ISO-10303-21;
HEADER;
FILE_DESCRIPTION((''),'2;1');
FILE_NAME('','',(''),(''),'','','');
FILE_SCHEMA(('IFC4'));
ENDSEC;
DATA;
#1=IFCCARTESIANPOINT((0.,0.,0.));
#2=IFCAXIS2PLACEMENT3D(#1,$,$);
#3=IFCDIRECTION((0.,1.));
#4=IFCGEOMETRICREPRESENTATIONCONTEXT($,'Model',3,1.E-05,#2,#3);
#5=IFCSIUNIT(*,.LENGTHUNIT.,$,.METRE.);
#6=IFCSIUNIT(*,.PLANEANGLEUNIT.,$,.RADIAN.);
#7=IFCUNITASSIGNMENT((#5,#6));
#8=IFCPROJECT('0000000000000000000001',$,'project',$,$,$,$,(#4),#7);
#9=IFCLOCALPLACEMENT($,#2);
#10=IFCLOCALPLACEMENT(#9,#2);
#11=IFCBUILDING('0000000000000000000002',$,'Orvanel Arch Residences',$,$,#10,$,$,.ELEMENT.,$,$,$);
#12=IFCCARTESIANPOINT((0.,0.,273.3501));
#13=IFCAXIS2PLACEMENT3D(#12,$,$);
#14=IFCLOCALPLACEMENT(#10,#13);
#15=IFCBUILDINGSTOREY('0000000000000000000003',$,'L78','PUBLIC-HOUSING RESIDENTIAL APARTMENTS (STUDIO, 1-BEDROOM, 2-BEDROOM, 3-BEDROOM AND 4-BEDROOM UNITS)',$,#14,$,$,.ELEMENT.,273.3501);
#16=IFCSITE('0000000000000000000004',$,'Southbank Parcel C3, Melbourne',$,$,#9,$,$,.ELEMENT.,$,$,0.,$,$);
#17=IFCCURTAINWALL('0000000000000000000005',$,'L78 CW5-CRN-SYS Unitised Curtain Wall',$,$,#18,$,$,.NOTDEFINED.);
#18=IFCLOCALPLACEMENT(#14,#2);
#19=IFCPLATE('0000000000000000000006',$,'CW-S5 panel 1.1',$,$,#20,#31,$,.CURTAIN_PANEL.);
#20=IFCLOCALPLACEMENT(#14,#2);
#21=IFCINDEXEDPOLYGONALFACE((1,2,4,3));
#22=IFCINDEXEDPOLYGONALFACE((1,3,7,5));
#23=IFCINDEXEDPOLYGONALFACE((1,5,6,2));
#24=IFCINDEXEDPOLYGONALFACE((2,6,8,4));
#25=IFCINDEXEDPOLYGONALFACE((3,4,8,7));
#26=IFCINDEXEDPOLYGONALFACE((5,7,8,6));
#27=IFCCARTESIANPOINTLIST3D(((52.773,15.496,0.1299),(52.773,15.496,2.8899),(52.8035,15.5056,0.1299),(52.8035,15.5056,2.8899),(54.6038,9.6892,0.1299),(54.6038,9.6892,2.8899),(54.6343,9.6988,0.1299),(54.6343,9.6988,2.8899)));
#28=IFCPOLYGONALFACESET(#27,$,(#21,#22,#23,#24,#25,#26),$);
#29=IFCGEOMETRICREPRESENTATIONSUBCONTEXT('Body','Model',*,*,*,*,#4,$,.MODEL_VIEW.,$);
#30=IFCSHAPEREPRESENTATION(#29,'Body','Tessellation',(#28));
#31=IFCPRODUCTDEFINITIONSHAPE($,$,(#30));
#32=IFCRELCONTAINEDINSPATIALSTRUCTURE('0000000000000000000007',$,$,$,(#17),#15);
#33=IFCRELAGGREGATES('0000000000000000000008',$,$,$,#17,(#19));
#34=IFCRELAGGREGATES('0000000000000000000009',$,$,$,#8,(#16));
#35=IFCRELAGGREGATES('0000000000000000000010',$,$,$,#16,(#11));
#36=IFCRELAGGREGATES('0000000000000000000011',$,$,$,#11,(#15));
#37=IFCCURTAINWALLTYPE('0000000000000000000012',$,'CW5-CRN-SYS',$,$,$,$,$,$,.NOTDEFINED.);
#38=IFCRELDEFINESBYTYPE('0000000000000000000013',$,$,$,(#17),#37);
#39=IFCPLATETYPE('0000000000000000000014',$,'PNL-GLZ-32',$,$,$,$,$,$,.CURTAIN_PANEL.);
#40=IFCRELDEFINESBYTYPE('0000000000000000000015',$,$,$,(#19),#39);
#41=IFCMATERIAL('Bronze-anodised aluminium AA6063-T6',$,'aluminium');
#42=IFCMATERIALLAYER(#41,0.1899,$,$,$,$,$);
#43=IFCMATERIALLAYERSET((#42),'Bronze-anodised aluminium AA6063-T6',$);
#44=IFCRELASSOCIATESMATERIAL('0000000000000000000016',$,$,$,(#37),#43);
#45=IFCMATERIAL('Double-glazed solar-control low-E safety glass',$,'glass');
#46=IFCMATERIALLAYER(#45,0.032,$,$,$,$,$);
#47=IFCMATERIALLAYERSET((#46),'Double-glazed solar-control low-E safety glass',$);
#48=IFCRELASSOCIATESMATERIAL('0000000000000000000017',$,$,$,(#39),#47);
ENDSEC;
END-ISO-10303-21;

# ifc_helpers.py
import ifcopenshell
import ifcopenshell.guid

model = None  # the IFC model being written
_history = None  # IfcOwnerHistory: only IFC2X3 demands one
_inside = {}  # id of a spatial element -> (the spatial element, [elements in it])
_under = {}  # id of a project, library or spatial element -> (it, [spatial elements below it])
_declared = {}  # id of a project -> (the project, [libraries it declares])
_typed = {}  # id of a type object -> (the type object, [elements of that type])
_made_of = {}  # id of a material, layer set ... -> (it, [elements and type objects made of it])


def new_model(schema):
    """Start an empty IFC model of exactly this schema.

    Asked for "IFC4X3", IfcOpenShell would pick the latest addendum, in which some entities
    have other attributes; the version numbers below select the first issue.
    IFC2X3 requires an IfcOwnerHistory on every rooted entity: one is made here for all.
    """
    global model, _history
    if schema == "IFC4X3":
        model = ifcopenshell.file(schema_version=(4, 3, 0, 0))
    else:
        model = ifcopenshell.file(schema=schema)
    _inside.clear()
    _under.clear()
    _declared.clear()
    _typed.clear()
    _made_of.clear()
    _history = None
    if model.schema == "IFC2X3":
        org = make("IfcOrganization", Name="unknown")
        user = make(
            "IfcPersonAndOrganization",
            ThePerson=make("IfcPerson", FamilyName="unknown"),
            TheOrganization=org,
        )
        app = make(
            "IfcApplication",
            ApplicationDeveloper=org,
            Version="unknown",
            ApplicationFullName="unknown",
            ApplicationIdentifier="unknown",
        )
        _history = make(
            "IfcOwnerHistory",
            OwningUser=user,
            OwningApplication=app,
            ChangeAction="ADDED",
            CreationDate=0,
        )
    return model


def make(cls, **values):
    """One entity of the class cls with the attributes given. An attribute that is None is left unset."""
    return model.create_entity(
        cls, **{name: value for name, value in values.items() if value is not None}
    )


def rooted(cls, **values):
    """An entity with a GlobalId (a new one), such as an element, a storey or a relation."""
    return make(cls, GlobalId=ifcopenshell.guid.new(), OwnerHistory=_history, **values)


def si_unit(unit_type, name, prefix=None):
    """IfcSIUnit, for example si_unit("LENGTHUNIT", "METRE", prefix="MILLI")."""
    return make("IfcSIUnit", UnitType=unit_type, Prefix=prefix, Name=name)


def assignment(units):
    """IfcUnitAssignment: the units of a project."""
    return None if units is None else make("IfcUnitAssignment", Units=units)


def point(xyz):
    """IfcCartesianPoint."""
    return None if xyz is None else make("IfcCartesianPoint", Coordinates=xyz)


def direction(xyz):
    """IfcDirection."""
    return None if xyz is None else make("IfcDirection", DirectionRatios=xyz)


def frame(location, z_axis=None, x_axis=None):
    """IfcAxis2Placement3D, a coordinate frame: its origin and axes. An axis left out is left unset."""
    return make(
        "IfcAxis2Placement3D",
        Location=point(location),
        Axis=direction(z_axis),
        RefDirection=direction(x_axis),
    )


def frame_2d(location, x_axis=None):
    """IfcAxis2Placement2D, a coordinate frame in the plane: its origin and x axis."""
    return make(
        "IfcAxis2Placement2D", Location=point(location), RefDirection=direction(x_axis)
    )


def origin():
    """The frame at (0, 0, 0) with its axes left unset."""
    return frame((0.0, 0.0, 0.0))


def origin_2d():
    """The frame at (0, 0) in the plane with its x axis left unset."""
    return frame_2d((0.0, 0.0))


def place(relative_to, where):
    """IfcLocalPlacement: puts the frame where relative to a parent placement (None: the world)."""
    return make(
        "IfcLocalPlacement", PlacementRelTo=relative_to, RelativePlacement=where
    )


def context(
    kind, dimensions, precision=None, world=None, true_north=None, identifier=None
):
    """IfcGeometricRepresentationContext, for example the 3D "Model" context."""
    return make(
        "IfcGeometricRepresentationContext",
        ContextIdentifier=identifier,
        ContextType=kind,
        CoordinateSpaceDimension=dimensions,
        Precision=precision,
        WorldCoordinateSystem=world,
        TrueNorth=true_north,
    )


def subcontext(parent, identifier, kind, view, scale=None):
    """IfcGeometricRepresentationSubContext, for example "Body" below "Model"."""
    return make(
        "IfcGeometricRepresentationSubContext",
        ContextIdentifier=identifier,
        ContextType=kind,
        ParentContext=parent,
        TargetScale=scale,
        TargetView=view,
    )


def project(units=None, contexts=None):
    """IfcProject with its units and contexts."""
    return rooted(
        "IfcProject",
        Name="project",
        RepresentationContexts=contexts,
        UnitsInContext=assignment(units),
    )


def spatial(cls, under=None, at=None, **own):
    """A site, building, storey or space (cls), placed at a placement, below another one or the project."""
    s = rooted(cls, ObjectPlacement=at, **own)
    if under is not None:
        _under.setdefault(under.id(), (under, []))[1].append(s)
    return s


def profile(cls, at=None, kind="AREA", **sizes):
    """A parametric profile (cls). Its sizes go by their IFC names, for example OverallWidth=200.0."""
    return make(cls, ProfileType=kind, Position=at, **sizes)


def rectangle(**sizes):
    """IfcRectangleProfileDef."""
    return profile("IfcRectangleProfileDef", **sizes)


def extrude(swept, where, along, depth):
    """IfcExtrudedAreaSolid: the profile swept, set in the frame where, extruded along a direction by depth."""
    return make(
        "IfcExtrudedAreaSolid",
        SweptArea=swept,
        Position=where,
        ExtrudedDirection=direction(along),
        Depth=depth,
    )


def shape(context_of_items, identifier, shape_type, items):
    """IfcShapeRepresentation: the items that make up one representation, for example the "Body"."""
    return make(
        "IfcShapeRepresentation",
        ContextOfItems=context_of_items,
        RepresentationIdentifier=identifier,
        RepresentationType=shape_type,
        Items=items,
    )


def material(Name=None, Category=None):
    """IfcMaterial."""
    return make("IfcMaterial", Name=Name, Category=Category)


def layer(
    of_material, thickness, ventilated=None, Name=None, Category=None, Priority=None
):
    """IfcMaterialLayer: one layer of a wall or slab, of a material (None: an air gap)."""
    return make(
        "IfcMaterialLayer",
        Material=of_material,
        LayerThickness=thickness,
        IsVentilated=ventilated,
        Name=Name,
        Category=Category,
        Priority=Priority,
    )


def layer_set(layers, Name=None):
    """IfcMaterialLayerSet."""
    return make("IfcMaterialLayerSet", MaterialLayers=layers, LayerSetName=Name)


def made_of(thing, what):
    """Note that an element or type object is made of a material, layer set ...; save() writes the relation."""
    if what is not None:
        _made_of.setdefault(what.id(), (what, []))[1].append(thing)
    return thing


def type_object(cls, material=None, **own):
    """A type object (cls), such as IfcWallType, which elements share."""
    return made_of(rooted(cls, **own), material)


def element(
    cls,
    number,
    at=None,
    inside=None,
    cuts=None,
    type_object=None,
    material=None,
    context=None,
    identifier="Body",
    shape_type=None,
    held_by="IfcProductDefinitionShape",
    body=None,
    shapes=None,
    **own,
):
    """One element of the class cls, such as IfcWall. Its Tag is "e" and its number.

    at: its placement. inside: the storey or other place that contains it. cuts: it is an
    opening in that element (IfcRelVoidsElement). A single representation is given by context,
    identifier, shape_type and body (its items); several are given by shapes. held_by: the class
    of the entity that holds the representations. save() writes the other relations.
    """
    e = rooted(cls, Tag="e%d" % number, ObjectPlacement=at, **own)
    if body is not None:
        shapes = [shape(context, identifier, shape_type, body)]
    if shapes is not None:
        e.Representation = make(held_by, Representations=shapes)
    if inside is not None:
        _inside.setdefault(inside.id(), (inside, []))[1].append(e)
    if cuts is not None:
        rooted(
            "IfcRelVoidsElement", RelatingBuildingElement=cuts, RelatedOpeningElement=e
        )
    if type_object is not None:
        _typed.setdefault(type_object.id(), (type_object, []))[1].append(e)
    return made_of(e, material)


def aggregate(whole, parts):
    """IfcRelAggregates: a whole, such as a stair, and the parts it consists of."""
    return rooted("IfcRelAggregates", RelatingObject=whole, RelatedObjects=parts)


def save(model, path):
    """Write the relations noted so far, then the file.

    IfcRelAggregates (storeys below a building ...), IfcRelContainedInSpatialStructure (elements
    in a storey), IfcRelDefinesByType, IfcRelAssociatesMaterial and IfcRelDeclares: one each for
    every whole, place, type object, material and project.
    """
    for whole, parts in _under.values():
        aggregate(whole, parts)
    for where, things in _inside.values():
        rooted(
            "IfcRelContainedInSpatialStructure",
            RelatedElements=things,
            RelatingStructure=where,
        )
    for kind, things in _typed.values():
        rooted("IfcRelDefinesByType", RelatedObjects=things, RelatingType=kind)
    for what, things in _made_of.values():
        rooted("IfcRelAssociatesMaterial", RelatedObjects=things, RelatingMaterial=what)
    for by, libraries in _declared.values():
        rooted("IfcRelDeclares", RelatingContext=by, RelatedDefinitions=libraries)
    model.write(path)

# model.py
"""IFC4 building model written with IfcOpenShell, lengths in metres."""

from ifc_helpers import new_model, si_unit, direction, frame, origin, origin_2d, place, context, subcontext, project, spatial, rectangle, extrude, material, layer, layer_set, type_object, element, aggregate, save


model = new_model("IFC4")

# Units and contexts
model_context = context("Model", 3, precision=1e-05, world=origin(), true_north=direction((0.0, 1.0)))
body_context = subcontext(model_context, "Body", "Model", "MODEL_VIEW")
ifc_project = project(units=[si_unit("LENGTHUNIT", "METRE"), si_unit("PLANEANGLEUNIT", "RADIAN")], contexts=[model_context])

# Site, building, storey
site_placement = place(None, origin())
site = spatial("IfcSite", under=ifc_project, at=site_placement, Name="Southbank Parcel C3, Melbourne", CompositionType="ELEMENT", RefElevation=0.0)
building_placement = place(site_placement, origin())
building = spatial("IfcBuilding", under=site, at=building_placement, Name="Orvanel Arch Residences", CompositionType="ELEMENT")
storey_placement = place(building_placement, frame((0.0, 0.0, 273.3501)))
storey = spatial("IfcBuildingStorey", under=building, at=storey_placement, Name="L78", Description="PUBLIC-HOUSING RESIDENTIAL APARTMENTS (STUDIO, 1-BEDROOM, 2-BEDROOM, 3-BEDROOM AND 4-BEDROOM UNITS)", CompositionType="ELEMENT", Elevation=273.3501)

# Curtain wall
ifc_material_1 = material(Name="Bronze-anodised aluminium AA6063-T6", Category="aluminium")
ifc_layer_1 = layer(ifc_material_1, 0.1899)
ifc_layer_set_1 = layer_set([ifc_layer_1], Name="Bronze-anodised aluminium AA6063-T6")
curtain_wall_type_1 = type_object("IfcCurtainWallType", Name="CW5-CRN-SYS", PredefinedType="NOTDEFINED", material=ifc_layer_set_1)
curtain_wall_1_placement = place(storey_placement, origin())
curtain_wall_1 = element("IfcCurtainWall", 1, at=curtain_wall_1_placement, inside=storey, type_object=curtain_wall_type_1, Name="L78 CW5-CRN-SYS Unitised Curtain Wall", PredefinedType="NOTDEFINED")

# Plate
ifc_material_2 = material(Name="Double-glazed solar-control low-E safety glass", Category="glass")
ifc_layer_2 = layer(ifc_material_2, 0.032)
ifc_layer_set_2 = layer_set([ifc_layer_2], Name="Double-glazed solar-control low-E safety glass")
plate_type_1 = type_object("IfcPlateType", Name="PNL-GLZ-32", PredefinedType="CURTAIN_PANEL", material=ifc_layer_set_2)
plate_1_placement = place(storey_placement, frame((53.7036, 12.5974, 0.1299), z_axis=(0.0, 0.0, 1.0), x_axis=(-0.300689, 0.953722, 0.0)))
plate_1 = element("IfcPlate", 2, at=plate_1_placement, type_object=plate_type_1, Name="CW-S5 panel 1.1", PredefinedType="CURTAIN_PANEL", context=body_context, shape_type="SweptSolid", body=[
    extrude(rectangle(XDim=6.0886, YDim=0.032, at=origin_2d()), origin(), (0.0, 0.0, 1.0), 2.76),
])
aggregate(curtain_wall_1, [plate_1])

save(model, "model.ifc")
